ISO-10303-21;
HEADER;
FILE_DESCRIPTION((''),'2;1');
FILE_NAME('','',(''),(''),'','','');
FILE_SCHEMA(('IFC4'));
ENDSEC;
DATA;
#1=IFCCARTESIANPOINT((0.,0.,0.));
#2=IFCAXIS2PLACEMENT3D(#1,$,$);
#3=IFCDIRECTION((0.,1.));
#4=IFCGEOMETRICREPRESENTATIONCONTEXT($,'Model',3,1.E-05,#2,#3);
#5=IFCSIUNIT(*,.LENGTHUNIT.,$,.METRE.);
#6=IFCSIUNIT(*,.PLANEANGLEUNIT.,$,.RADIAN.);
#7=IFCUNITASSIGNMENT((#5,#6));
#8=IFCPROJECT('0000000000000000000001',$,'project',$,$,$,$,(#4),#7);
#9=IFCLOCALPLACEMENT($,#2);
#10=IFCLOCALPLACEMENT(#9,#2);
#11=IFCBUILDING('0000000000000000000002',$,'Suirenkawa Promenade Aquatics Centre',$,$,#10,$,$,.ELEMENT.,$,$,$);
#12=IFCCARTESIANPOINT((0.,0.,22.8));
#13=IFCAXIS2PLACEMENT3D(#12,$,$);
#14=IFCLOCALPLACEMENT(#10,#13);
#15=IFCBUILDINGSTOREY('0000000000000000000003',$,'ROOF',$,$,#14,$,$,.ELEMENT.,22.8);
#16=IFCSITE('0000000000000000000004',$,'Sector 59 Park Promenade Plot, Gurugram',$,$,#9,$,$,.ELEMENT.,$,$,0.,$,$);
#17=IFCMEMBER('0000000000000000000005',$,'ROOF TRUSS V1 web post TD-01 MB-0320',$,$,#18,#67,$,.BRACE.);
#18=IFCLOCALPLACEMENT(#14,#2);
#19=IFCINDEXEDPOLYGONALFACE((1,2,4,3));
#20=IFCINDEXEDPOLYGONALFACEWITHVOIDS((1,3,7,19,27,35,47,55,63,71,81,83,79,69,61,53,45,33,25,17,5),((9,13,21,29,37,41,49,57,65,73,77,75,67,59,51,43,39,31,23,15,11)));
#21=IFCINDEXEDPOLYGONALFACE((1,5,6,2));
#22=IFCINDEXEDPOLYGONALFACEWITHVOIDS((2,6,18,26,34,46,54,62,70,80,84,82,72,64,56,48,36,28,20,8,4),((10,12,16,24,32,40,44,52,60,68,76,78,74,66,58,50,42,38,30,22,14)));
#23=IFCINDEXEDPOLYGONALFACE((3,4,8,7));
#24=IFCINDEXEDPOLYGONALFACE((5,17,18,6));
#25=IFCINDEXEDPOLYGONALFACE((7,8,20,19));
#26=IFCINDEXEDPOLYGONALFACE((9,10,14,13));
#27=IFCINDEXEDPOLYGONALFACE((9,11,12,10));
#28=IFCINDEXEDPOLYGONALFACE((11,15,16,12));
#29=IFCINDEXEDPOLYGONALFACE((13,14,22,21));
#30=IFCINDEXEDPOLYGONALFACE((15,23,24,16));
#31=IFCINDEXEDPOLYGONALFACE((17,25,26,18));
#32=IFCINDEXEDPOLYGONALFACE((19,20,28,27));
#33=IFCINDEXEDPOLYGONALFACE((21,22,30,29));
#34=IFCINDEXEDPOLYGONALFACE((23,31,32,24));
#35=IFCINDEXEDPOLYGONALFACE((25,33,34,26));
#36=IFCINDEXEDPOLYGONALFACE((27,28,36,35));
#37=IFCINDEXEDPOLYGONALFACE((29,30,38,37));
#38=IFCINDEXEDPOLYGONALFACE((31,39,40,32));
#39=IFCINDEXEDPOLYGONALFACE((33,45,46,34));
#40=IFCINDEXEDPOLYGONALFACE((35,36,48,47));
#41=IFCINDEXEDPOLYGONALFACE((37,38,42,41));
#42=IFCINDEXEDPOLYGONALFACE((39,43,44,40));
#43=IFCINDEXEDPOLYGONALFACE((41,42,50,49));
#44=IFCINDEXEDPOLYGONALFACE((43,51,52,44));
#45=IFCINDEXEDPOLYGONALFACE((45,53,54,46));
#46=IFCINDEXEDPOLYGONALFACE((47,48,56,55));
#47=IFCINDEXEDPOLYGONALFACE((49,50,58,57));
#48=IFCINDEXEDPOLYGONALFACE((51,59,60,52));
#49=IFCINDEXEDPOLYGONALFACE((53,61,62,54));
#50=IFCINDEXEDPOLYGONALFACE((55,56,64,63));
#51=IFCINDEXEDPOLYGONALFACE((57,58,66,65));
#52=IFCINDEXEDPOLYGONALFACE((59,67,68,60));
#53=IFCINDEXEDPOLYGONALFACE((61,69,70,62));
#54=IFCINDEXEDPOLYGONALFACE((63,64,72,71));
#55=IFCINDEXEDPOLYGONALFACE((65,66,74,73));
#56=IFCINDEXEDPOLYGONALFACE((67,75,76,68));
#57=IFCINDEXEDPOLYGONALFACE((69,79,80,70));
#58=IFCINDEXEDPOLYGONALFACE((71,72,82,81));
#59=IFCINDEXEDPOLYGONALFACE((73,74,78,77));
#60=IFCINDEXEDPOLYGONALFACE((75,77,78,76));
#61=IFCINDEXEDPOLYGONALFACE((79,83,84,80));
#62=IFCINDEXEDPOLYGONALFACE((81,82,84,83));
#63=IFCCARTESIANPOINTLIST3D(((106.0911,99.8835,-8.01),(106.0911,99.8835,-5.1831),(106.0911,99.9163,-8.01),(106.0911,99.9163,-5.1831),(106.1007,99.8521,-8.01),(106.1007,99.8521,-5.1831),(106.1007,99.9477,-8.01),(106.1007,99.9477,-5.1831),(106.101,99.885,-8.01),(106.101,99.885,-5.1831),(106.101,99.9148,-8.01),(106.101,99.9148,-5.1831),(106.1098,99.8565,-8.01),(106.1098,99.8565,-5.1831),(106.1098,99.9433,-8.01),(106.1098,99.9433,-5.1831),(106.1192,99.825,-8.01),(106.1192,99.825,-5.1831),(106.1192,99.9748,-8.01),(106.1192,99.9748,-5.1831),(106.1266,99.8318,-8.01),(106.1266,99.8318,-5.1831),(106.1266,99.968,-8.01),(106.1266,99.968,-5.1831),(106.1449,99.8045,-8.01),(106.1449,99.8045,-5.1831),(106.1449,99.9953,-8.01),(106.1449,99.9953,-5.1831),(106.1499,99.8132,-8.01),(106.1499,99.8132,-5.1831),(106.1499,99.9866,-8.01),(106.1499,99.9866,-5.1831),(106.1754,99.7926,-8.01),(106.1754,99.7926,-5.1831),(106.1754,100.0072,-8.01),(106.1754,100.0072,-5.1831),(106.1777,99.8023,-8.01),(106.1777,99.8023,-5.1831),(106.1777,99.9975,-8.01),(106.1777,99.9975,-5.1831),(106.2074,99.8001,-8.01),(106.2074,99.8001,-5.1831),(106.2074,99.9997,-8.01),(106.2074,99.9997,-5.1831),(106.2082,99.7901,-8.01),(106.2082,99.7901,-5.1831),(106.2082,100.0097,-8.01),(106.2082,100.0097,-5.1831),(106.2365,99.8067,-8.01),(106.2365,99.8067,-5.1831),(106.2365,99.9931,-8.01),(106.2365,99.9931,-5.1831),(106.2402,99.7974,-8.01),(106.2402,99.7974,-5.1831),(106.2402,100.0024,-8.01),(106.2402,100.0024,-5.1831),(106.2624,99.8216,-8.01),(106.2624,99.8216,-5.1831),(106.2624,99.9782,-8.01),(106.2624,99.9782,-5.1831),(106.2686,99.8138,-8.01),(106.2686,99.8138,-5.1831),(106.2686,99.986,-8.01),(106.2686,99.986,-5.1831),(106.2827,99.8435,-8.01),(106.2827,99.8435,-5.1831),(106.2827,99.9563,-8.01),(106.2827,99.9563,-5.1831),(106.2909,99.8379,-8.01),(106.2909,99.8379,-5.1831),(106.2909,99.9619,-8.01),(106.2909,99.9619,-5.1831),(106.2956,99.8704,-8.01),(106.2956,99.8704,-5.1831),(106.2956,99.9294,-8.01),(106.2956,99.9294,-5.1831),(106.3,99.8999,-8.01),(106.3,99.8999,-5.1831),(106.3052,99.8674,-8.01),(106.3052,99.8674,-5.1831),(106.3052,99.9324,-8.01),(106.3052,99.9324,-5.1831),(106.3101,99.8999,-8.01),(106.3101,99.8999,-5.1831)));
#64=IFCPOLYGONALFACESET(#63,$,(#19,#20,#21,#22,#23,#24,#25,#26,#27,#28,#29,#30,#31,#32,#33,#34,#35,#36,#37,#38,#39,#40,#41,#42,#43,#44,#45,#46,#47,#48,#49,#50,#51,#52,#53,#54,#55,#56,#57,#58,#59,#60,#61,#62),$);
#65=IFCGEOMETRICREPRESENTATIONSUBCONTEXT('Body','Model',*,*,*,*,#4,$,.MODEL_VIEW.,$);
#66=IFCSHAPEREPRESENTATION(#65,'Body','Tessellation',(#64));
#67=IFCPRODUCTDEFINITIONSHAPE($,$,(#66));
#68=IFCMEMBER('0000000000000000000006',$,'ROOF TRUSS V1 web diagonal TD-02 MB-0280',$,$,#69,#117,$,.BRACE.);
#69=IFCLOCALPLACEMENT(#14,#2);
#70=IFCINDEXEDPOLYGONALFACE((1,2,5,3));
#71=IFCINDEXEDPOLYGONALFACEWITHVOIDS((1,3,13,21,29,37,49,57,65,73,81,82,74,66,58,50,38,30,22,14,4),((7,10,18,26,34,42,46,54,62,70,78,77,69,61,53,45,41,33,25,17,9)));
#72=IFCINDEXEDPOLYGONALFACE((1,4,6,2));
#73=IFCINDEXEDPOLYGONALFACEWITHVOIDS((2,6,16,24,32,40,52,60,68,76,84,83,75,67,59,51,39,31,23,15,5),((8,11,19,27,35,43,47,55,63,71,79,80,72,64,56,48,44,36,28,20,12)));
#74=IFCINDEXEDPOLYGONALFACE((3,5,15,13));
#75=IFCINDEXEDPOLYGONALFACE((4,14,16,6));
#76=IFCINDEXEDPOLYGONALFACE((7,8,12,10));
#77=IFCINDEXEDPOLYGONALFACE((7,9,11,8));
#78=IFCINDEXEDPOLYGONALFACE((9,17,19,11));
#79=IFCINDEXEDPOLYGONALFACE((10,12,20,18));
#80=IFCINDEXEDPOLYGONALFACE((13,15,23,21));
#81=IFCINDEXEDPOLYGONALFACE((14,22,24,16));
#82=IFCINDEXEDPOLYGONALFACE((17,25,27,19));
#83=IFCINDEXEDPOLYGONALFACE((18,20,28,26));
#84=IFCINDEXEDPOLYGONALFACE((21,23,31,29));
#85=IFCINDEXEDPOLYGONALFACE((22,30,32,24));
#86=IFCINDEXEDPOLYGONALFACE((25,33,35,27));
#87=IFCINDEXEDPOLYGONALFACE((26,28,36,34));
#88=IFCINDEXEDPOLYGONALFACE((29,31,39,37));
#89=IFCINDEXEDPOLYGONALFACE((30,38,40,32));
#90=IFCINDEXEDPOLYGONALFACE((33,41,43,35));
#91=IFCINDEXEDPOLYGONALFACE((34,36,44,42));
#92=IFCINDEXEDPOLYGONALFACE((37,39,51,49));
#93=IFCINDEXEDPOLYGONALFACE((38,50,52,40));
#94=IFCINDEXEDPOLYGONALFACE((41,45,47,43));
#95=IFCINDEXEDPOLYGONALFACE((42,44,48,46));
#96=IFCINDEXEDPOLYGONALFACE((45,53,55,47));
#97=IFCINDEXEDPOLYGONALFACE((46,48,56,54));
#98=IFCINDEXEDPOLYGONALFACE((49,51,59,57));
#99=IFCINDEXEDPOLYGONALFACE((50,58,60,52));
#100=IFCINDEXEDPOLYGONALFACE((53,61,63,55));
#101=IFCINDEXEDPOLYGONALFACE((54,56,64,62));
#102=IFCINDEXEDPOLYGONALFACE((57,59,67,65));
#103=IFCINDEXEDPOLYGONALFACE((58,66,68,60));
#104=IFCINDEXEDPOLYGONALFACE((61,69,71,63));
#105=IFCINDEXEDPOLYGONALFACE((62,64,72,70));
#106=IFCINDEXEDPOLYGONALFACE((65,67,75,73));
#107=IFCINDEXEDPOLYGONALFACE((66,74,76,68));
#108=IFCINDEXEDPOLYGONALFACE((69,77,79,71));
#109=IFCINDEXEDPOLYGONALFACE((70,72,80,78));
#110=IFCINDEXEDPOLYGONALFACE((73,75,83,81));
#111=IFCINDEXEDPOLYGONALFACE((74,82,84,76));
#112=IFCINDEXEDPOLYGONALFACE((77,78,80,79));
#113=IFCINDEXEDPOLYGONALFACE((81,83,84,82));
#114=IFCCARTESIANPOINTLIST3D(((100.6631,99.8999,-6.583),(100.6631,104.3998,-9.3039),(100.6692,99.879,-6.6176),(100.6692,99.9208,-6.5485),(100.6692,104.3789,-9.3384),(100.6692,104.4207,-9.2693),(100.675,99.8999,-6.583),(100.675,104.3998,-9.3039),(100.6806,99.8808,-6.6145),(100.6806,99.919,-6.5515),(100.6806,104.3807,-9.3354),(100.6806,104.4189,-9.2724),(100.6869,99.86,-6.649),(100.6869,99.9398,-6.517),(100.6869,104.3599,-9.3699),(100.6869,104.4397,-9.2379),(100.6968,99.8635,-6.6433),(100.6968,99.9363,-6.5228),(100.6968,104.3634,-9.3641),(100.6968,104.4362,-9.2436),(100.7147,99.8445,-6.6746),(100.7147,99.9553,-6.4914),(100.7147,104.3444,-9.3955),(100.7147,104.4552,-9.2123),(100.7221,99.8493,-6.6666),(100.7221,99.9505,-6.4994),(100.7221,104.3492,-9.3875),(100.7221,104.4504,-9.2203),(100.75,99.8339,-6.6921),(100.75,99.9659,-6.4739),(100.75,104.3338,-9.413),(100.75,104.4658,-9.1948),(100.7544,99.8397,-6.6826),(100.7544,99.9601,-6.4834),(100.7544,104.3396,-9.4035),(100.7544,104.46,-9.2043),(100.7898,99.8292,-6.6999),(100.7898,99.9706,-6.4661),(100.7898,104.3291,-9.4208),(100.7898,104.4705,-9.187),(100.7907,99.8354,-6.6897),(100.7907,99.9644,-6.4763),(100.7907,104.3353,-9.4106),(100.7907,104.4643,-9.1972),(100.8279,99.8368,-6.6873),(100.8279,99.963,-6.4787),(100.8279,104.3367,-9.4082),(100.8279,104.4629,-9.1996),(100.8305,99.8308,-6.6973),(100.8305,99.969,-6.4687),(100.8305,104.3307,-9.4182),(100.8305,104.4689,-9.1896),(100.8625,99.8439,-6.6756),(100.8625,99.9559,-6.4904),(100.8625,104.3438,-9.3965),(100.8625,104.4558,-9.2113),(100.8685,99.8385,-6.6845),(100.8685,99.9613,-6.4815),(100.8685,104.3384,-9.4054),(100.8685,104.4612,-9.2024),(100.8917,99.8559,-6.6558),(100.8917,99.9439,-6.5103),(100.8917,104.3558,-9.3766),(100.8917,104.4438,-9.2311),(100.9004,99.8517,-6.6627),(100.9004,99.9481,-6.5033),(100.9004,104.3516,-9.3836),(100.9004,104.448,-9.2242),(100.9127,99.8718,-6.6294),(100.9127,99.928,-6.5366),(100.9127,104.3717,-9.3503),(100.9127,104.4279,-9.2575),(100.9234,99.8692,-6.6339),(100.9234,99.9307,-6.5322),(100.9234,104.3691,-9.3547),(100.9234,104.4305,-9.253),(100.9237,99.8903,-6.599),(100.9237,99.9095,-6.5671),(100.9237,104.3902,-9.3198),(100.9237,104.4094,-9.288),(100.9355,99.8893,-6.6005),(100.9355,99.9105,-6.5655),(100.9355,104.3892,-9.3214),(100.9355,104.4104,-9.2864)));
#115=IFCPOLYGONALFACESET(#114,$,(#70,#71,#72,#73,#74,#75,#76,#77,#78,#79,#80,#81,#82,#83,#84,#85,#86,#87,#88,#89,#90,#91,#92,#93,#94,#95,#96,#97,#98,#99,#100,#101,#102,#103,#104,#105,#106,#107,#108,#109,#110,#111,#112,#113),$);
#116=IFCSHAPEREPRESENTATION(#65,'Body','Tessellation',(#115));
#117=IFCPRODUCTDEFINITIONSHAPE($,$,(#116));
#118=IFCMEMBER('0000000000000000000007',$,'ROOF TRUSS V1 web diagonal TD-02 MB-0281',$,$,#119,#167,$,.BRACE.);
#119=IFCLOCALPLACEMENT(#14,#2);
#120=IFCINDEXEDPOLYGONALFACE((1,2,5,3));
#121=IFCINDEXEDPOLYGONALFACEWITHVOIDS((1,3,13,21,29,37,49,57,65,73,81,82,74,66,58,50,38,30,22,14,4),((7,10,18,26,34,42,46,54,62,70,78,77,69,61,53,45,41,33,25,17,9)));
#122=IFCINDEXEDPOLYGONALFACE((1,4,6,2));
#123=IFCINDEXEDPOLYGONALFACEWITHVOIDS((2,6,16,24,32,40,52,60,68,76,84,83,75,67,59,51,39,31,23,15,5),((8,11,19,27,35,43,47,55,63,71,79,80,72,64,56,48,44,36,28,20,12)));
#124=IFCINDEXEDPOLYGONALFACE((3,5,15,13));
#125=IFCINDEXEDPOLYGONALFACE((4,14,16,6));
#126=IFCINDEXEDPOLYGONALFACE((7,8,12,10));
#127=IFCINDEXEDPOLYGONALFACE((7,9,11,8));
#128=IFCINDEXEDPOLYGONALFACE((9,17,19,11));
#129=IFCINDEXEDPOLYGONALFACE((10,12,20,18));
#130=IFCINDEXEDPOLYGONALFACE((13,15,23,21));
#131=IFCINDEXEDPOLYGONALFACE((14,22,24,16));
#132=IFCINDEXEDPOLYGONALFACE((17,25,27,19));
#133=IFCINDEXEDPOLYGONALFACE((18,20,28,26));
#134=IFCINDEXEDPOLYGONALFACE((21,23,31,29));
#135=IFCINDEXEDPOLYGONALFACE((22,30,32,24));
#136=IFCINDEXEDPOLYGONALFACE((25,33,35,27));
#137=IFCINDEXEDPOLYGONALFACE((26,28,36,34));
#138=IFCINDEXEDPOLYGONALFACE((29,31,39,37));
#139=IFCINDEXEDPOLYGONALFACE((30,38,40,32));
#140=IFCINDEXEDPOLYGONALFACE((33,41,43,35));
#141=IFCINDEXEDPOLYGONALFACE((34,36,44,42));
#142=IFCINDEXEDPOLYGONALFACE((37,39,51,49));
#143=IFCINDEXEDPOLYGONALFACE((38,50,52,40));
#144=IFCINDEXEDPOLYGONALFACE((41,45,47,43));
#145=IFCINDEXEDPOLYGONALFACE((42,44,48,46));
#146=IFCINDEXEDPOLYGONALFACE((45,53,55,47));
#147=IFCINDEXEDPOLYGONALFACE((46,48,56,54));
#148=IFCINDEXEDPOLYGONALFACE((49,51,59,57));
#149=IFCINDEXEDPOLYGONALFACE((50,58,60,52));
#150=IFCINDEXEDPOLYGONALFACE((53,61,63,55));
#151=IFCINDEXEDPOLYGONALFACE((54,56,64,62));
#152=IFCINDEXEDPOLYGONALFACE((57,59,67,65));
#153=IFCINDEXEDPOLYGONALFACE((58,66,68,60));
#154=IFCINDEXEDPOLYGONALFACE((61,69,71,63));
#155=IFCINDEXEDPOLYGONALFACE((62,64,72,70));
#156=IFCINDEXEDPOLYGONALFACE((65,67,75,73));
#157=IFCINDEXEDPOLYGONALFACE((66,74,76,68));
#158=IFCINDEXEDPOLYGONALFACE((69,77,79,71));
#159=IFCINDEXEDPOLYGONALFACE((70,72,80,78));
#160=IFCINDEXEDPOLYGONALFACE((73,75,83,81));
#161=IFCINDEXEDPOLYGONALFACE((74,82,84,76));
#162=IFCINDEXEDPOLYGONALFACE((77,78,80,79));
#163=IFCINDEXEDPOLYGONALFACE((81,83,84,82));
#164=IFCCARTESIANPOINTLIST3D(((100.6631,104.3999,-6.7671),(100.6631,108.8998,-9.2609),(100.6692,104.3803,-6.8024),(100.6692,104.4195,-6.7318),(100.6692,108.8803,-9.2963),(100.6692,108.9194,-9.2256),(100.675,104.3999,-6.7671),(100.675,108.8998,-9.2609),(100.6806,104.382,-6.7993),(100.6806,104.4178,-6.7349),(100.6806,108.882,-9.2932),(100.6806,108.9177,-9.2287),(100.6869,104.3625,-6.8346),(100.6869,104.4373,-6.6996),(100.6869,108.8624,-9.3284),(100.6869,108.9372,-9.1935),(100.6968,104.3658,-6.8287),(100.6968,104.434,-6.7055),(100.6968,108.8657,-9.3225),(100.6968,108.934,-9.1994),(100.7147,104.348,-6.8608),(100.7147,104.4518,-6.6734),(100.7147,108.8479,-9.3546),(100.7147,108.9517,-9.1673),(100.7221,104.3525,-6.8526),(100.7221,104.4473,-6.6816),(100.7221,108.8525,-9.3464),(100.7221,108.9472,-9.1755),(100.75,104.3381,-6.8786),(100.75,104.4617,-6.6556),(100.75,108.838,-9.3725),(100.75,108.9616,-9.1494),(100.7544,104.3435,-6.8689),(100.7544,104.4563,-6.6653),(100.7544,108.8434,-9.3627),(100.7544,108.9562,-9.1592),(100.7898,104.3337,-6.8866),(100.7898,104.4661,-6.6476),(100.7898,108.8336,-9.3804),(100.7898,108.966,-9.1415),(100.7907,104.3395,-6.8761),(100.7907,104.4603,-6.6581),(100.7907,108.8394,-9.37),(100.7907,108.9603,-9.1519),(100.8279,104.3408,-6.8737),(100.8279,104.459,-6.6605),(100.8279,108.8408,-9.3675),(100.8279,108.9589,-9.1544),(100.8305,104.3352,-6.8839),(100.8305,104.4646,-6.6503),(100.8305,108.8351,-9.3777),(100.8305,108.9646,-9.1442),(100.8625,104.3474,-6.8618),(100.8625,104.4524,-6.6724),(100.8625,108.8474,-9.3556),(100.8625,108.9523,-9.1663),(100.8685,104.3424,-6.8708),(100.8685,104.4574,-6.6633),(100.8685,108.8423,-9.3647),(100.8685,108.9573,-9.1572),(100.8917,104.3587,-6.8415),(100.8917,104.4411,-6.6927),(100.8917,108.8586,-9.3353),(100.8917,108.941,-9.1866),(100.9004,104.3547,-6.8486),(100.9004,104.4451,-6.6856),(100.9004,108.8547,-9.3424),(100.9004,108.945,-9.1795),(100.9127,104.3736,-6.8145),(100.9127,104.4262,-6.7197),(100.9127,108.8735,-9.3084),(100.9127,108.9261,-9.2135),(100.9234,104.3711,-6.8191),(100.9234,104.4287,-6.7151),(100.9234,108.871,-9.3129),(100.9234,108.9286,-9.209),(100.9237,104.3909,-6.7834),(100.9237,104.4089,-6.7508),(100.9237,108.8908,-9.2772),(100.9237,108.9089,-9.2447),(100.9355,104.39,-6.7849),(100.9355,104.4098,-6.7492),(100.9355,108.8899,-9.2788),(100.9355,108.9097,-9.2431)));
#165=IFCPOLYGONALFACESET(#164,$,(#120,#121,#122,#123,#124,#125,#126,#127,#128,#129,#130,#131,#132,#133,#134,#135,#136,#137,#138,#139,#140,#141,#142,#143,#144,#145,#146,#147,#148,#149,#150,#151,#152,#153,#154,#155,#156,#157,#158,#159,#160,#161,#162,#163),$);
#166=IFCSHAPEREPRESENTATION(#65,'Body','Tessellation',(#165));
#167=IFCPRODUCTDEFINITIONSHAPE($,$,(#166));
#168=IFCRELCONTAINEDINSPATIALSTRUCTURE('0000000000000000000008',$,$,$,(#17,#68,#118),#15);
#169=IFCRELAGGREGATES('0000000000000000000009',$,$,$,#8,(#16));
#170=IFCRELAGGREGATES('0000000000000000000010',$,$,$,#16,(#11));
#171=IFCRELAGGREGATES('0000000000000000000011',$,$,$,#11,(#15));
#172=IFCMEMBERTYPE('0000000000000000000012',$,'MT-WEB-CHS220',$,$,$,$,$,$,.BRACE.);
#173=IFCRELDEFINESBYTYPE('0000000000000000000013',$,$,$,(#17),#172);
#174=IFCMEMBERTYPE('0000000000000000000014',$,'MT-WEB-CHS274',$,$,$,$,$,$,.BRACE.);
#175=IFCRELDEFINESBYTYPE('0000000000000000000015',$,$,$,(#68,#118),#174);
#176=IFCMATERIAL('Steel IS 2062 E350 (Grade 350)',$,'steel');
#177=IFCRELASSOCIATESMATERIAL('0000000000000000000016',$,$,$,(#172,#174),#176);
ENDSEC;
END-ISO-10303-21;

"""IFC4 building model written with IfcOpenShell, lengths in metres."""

from ifc_helpers import new_model, si_unit, direction, frame, origin, origin_2d, place, context, subcontext, project, spatial, hollow_circle, extrude, material, material_profile, profile_set, type_object, element, save


model = new_model("IFC4")

# Units and contexts
model_context = context("Model", 3, precision=1e-05, world=origin(), true_north=direction((0.0, 1.0)))
body_context = subcontext(model_context, "Body", "Model", "MODEL_VIEW")
ifc_project = project(units=[si_unit("LENGTHUNIT", "METRE"), si_unit("PLANEANGLEUNIT", "RADIAN")], contexts=[model_context])

# Site, building, storey
site_placement = place(None, origin())
site = spatial("IfcSite", under=ifc_project, at=site_placement, Name="Sector 59 Park Promenade Plot, Gurugram", CompositionType="ELEMENT", RefElevation=0.0)
building_placement = place(site_placement, origin())
building = spatial("IfcBuilding", under=site, at=building_placement, Name="Suirenkawa Promenade Aquatics Centre", CompositionType="ELEMENT")
storey_placement = place(building_placement, frame((0.0, 0.0, 22.8)))
storey = spatial("IfcBuildingStorey", under=building, at=storey_placement, Name="ROOF", CompositionType="ELEMENT", Elevation=22.8)

# Shared definitions
ifc_material = material(Name="Steel IS 2062 E350 (Grade 350)", Category="steel")

# Members
ifc_material_profile_1 = material_profile(ifc_material, hollow_circle(Radius=0.1101, WallThickness=0.01, at=origin_2d()), Name="CHS 220x10", Category="steel")
ifc_profile_set_1 = profile_set([ifc_material_profile_1], Name="Steel IS 2062 E350 (Grade 350)")
member_type_1 = type_object("IfcMemberType", Name="MT-WEB-CHS220", PredefinedType="BRACE", material=ifc_profile_set_1)
member_1_placement = place(storey_placement, frame((106.2, 99.8999, -8.01), z_axis=(0.0, 0.0, 1.0), x_axis=(1.0, 0.0, 0.0)))
element("IfcMember", 1, at=member_1_placement, inside=storey, type_object=member_type_1, Name="ROOF TRUSS V1 web post TD-01 MB-0320", PredefinedType="BRACE", context=body_context, shape_type="SweptSolid", body=[
    extrude(hollow_circle(Radius=0.1101, WallThickness=0.01, at=origin_2d()), origin(), (0.0, 0.0, 1.0), 2.8269),
])
ifc_material_profile_2 = material_profile(ifc_material, hollow_circle(Radius=0.137, WallThickness=0.012, at=origin_2d()), Name="CHS 274x12", Category="steel")
ifc_profile_set_2 = profile_set([ifc_material_profile_2], Name="Steel IS 2062 E350 (Grade 350)")
member_type_2 = type_object("IfcMemberType", Name="MT-WEB-CHS274", PredefinedType="BRACE", material=ifc_profile_set_2)
member_2_placement = place(storey_placement, frame((100.8, 99.8999, -6.583), z_axis=(0.0, 0.855731, -0.517422), x_axis=(-1.0, 0.0, 0.0)))
element("IfcMember", 2, at=member_2_placement, inside=storey, type_object=member_type_2, Name="ROOF TRUSS V1 web diagonal TD-02 MB-0280", PredefinedType="BRACE", context=body_context, shape_type="SweptSolid", body=[
    extrude(hollow_circle(Radius=0.137, WallThickness=0.012, at=origin_2d()), origin(), (0.0, 0.0, 1.0), 5.2585),
])
member_3_placement = place(storey_placement, frame((100.8, 104.3999, -6.7671), z_axis=(0.0, 0.87466, -0.484736), x_axis=(-1.0, 0.0, 0.0)))
element("IfcMember", 3, at=member_3_placement, inside=storey, type_object=member_type_2, Name="ROOF TRUSS V1 web diagonal TD-02 MB-0281", PredefinedType="BRACE", context=body_context, shape_type="SweptSolid", body=[
    extrude(hollow_circle(Radius=0.137, WallThickness=0.012, at=origin_2d()), origin(), (0.0, 0.0, 1.0), 5.1448),
])

save(model, "model.ifc")
